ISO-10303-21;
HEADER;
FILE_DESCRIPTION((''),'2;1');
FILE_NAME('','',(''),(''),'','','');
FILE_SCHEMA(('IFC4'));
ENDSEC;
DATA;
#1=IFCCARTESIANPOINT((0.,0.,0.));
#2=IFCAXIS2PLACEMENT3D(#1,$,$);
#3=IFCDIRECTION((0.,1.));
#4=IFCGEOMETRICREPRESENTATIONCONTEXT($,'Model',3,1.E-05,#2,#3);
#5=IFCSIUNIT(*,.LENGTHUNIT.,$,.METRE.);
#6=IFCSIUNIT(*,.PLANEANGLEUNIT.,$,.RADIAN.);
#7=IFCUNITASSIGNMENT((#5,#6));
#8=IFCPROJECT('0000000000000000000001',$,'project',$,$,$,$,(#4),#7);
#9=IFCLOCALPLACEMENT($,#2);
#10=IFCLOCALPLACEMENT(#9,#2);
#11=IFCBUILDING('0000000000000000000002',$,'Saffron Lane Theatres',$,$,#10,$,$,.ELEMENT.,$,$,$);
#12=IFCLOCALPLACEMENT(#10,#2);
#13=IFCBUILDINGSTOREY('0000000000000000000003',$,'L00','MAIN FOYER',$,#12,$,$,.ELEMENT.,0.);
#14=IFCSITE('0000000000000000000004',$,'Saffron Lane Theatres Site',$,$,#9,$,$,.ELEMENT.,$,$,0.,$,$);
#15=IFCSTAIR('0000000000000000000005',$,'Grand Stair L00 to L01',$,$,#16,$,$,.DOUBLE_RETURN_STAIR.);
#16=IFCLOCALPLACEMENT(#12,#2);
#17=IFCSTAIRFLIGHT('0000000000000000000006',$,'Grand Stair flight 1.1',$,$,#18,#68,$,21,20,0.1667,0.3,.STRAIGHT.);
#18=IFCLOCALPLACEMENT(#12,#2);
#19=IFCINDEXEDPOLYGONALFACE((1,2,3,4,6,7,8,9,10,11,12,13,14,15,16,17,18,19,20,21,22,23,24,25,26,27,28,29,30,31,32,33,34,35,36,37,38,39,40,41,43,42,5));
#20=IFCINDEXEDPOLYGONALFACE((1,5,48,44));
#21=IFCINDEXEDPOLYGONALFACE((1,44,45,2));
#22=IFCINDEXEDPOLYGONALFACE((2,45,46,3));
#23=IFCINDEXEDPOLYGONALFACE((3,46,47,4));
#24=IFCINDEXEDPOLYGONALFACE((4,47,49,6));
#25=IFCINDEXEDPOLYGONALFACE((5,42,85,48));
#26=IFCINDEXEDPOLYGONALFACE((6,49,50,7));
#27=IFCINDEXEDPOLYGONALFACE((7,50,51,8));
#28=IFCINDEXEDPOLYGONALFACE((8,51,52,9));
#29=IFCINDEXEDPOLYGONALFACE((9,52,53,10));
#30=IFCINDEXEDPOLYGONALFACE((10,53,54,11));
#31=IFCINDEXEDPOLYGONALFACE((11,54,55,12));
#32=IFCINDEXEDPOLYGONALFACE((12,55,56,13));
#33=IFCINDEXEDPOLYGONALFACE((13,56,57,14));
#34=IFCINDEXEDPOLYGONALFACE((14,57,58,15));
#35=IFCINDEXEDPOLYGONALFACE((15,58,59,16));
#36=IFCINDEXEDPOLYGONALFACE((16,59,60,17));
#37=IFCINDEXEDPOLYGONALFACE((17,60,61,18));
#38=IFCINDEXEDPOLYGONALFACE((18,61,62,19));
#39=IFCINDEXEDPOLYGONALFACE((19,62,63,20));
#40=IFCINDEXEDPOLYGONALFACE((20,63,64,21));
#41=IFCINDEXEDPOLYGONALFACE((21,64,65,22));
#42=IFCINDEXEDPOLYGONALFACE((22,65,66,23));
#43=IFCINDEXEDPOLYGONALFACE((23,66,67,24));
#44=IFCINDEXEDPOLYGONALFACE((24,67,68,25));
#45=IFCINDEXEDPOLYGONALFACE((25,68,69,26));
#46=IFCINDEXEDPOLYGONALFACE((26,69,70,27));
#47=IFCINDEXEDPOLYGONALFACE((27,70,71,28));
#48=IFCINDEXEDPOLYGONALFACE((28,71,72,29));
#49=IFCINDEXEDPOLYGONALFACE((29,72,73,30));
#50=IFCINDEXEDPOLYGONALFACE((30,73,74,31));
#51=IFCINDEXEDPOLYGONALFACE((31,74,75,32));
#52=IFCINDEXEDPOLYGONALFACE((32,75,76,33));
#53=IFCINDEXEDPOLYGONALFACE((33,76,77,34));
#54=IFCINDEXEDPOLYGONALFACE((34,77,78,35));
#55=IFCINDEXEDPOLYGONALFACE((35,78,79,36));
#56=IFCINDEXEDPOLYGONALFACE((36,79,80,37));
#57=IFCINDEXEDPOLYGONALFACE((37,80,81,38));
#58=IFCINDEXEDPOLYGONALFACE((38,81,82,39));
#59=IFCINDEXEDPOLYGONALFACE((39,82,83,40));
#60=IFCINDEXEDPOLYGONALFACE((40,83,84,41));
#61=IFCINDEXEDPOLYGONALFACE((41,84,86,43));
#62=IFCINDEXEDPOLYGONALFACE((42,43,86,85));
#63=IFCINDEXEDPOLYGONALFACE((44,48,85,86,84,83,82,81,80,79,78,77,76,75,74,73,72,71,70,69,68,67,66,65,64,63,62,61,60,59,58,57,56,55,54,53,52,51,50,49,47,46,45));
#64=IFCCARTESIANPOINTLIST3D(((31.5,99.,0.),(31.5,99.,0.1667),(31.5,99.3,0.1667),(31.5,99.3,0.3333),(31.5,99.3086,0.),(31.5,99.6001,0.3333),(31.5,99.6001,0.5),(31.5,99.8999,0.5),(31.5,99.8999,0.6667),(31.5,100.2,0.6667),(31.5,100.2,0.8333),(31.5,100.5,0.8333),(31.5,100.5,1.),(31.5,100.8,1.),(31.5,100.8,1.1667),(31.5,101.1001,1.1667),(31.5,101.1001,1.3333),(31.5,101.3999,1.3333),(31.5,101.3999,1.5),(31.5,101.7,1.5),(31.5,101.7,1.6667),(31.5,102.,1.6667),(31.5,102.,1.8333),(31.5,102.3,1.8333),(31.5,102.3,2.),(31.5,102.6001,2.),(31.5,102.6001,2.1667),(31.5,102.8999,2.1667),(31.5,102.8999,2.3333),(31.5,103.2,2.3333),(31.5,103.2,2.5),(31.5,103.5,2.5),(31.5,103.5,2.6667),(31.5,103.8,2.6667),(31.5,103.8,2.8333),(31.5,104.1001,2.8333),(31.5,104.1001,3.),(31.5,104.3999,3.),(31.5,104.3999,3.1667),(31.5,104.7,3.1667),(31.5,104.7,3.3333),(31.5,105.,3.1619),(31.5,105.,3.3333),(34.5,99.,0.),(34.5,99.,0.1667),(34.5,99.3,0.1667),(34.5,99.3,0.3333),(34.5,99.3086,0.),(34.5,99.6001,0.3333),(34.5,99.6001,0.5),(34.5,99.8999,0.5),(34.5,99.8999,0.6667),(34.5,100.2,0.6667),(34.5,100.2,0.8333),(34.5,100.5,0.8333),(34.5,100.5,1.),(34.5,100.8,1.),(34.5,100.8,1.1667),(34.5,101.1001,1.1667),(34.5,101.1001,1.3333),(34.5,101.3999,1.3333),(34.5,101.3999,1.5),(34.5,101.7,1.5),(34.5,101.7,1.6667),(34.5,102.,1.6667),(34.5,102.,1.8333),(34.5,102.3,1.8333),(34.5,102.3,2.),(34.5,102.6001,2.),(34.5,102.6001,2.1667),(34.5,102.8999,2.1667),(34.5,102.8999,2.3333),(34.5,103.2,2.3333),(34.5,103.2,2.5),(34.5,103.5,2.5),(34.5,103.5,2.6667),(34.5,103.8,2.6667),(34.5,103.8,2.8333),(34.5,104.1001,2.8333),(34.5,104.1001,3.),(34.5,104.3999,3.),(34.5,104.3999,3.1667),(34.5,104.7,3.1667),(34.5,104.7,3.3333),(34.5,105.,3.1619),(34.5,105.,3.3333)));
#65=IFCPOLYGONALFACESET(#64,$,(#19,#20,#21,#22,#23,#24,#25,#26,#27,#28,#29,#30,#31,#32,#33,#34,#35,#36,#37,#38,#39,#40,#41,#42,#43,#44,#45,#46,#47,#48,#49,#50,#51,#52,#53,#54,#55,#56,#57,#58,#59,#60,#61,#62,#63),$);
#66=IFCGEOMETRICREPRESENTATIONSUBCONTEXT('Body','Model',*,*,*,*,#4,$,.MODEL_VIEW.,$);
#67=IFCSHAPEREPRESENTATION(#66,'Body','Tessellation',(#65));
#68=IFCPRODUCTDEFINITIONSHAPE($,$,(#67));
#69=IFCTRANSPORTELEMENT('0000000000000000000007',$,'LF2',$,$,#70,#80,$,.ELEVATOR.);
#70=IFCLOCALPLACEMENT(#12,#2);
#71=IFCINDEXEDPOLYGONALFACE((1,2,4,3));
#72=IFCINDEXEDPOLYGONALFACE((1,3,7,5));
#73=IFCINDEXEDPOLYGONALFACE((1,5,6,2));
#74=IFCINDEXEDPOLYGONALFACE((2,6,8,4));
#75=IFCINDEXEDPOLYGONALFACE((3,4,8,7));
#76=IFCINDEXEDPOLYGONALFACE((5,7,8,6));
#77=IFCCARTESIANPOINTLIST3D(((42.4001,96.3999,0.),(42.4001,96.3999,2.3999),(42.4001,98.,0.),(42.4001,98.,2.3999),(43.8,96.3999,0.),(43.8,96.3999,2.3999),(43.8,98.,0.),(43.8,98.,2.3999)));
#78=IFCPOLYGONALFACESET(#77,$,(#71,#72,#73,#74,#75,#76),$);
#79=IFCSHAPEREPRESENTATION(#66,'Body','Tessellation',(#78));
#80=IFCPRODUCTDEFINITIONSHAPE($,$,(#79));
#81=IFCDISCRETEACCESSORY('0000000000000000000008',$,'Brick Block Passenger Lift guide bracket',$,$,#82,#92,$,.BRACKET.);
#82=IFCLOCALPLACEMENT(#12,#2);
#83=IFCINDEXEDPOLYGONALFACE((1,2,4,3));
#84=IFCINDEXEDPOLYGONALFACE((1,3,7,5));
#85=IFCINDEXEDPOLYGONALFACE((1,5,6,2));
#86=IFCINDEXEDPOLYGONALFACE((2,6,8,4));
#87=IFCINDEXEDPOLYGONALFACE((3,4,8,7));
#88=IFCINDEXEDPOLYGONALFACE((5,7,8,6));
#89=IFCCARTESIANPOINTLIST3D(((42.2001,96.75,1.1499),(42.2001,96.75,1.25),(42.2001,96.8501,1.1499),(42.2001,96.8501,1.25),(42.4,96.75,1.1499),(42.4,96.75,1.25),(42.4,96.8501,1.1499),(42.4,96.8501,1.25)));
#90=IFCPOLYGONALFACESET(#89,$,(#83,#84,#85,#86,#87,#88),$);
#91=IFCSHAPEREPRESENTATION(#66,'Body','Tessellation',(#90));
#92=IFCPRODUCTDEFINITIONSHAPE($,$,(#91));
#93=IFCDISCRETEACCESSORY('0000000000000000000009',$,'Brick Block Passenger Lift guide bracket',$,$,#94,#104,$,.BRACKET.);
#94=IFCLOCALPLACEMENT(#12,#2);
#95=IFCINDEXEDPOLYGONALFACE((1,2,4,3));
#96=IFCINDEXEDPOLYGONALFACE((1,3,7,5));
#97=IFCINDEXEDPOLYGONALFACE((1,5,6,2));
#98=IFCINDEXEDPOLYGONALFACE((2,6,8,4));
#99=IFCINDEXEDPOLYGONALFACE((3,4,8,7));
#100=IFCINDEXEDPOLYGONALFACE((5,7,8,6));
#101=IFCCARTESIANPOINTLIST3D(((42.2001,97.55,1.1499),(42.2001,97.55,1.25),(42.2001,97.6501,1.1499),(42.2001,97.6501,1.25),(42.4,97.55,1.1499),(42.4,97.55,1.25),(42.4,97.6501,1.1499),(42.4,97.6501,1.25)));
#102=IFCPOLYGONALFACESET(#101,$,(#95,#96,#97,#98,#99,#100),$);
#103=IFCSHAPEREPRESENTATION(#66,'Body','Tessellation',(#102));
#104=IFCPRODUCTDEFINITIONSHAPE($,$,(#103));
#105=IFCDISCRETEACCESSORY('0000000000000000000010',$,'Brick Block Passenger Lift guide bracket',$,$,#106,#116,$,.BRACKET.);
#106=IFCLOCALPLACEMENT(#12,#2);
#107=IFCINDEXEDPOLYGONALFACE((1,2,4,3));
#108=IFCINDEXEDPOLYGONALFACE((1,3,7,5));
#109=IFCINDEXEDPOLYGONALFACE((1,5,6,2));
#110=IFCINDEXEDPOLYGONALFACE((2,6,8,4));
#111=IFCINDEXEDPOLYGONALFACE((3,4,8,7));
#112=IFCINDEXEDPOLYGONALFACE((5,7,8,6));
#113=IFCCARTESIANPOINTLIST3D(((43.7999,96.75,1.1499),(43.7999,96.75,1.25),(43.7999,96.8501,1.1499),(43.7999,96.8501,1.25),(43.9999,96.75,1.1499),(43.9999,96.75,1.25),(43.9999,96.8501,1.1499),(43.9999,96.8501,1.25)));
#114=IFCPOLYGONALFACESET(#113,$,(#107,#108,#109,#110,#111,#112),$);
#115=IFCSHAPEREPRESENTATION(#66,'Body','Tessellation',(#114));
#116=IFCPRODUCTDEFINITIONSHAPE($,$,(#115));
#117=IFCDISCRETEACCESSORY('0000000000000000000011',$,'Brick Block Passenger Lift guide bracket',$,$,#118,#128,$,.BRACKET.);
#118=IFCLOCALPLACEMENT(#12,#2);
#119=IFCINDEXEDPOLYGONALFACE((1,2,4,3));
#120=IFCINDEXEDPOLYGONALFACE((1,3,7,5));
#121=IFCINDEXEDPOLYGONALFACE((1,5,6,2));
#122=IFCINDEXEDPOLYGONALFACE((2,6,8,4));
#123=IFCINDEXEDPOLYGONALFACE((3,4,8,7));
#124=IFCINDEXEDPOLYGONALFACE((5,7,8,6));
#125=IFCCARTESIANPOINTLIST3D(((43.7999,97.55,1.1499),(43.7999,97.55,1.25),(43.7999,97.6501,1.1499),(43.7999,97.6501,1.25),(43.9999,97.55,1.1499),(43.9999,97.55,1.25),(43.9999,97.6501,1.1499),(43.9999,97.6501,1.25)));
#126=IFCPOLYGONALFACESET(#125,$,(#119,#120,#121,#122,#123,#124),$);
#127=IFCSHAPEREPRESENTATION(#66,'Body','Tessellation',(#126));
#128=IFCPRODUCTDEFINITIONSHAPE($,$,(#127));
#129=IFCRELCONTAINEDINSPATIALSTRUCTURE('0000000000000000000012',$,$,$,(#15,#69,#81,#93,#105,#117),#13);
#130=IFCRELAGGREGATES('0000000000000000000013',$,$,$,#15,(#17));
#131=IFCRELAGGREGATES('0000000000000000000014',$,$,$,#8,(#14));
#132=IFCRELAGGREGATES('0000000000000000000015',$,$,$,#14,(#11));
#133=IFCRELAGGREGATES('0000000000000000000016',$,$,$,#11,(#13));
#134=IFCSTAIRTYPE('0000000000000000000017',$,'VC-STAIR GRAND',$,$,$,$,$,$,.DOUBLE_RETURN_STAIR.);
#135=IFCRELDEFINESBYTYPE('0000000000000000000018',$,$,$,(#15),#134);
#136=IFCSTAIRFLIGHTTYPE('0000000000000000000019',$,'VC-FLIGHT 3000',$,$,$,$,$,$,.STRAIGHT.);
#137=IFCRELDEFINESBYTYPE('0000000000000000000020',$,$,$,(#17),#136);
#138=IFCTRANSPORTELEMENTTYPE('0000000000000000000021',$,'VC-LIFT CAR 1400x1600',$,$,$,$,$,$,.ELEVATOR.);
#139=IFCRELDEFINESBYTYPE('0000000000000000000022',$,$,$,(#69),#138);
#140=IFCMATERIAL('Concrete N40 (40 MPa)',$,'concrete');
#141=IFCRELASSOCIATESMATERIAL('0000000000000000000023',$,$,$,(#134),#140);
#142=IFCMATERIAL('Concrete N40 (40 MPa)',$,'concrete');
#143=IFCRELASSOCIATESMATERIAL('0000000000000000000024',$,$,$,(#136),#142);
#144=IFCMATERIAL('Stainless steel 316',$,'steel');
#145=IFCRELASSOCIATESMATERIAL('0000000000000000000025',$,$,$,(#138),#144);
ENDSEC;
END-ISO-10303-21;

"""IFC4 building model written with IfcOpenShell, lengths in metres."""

from ifc_helpers import new_model, si_unit, direction, frame, origin, origin_2d, place, context, subcontext, project, spatial, polyline, rectangle, outline, extrude, material, type_object, element, aggregate, save


model = new_model("IFC4")

# Units and contexts
model_context = context("Model", 3, precision=1e-05, world=origin(), true_north=direction((0.0, 1.0)))
body_context = subcontext(model_context, "Body", "Model", "MODEL_VIEW")
ifc_project = project(units=[si_unit("LENGTHUNIT", "METRE"), si_unit("PLANEANGLEUNIT", "RADIAN")], contexts=[model_context])

# Site, building, storey
site_placement = place(None, origin())
site = spatial("IfcSite", under=ifc_project, at=site_placement, Name="Saffron Lane Theatres Site", CompositionType="ELEMENT", RefElevation=0.0)
building_placement = place(site_placement, origin())
building = spatial("IfcBuilding", under=site, at=building_placement, Name="Saffron Lane Theatres", CompositionType="ELEMENT")
storey_placement = place(building_placement, origin())
storey = spatial("IfcBuildingStorey", under=building, at=storey_placement, Name="L00", Description="MAIN FOYER", CompositionType="ELEMENT", Elevation=0.0)

# Stair, stair flight
ifc_material_1 = material(Name="Concrete N40 (40 MPa)", Category="concrete")
stair_type = type_object("IfcStairType", Name="VC-STAIR GRAND", PredefinedType="DOUBLE_RETURN_STAIR", material=ifc_material_1)
stair_placement = place(storey_placement, origin())
stair = element("IfcStair", 1, at=stair_placement, inside=storey, type_object=stair_type, Name="Grand Stair L00 to L01", PredefinedType="DOUBLE_RETURN_STAIR")
ifc_material_2 = material(Name="Concrete N40 (40 MPa)", Category="concrete")
stair_flight_type = type_object("IfcStairFlightType", Name="VC-FLIGHT 3000", PredefinedType="STRAIGHT", material=ifc_material_2)
stair_flight_placement = place(storey_placement, frame((33.0, 99.0, 0.0), z_axis=(0.0, 0.0, 1.0), x_axis=(0.0, 1.0, 0.0)))
stair_flight = element("IfcStairFlight", 2, at=stair_flight_placement, type_object=stair_flight_type, Name="Grand Stair flight 1.1", NumberOfRisers=21, NumberOfTreads=20, PredefinedType="STRAIGHT", RiserHeight=0.1667, TreadLength=0.3, context=body_context, shape_type="SweptSolid", body=[
    extrude(outline(polyline([(0.0, 0.0), (0.0, 0.1667), (0.3, 0.1667), (0.3, 0.3333), (0.6001, 0.3333), (0.6001, 0.5), (0.8999, 0.5), (0.8999, 0.6667), (1.2, 0.6667), (1.2, 0.8333), (1.5, 0.8333), (1.5, 1.0), (1.8, 1.0), (1.8, 1.1667), (2.1001, 1.1667), (2.1001, 1.3333), (2.3999, 1.3333), (2.3999, 1.5), (2.7, 1.5), (2.7, 1.6667), (3.0, 1.6667), (3.0, 1.8333), (3.3, 1.8333), (3.3, 2.0), (3.6001, 2.0), (3.6001, 2.1667), (3.8999, 2.1667), (3.8999, 2.3333), (4.2, 2.3333), (4.2, 2.5), (4.5, 2.5), (4.5, 2.6667), (4.8, 2.6667), (4.8, 2.8333), (5.1001, 2.8333), (5.1001, 3.0), (5.3999, 3.0), (5.3999, 3.1667), (5.7, 3.1667), (5.7, 3.3333), (6.0, 3.3333), (6.0, 3.5), (6.0, 3.1619), (0.3086, 0.0), (0.0, 0.0)])), frame((0.0, 1.5, 0.0), z_axis=(0.0, -1.0, 0.0), x_axis=(1.0, 0.0, 0.0)), (0.0, 0.0, 1.0), 3.0),
])
aggregate(stair, [stair_flight])

# Transport element
ifc_material_3 = material(Name="Stainless steel 316", Category="steel")
transport_element_type = type_object("IfcTransportElementType", Name="VC-LIFT CAR 1400x1600", PredefinedType="ELEVATOR", material=ifc_material_3)
transport_element_placement = place(storey_placement, frame((43.1001, 97.2, 0.0), z_axis=(0.0, 0.0, 1.0), x_axis=(1.0, 0.0, 0.0)))
element("IfcTransportElement", 3, at=transport_element_placement, inside=storey, type_object=transport_element_type, Name="LF2", PredefinedType="ELEVATOR", context=body_context, shape_type="SweptSolid", body=[
    extrude(rectangle(XDim=1.3999, YDim=1.6001, at=origin_2d()), origin(), (0.0, 0.0, 1.0), 2.3999),
])

# Discrete accessories
for number, where, z_axis, x_axis, name in (
    (4, (42.3, 96.8, 1.1499), (0.0, 0.0, 1.0), (1.0, 0.0, 0.0), "Brick Block Passenger Lift guide bracket"),
    (5, (42.3, 97.6001, 1.1499), (0.0, 0.0, 1.0), (1.0, 0.0, 0.0), "Brick Block Passenger Lift guide bracket"),
    (6, (43.8999, 96.8, 1.1499), (0.0, 0.0, 1.0), (1.0, 0.0, 0.0), "Brick Block Passenger Lift guide bracket"),
    (7, (43.8999, 97.6001, 1.1499), (0.0, 0.0, 1.0), (1.0, 0.0, 0.0), "Brick Block Passenger Lift guide bracket"),
):
    element("IfcDiscreteAccessory", number, at=place(storey_placement, frame(where, z_axis=z_axis, x_axis=x_axis)), inside=storey, Name=name, PredefinedType="BRACKET", context=body_context, shape_type="SweptSolid", body=[
        extrude(rectangle(XDim=0.2, YDim=0.1001, at=origin_2d()), origin(), (0.0, 0.0, 1.0), 0.1001),
    ])

save(model, "model.ifc")
